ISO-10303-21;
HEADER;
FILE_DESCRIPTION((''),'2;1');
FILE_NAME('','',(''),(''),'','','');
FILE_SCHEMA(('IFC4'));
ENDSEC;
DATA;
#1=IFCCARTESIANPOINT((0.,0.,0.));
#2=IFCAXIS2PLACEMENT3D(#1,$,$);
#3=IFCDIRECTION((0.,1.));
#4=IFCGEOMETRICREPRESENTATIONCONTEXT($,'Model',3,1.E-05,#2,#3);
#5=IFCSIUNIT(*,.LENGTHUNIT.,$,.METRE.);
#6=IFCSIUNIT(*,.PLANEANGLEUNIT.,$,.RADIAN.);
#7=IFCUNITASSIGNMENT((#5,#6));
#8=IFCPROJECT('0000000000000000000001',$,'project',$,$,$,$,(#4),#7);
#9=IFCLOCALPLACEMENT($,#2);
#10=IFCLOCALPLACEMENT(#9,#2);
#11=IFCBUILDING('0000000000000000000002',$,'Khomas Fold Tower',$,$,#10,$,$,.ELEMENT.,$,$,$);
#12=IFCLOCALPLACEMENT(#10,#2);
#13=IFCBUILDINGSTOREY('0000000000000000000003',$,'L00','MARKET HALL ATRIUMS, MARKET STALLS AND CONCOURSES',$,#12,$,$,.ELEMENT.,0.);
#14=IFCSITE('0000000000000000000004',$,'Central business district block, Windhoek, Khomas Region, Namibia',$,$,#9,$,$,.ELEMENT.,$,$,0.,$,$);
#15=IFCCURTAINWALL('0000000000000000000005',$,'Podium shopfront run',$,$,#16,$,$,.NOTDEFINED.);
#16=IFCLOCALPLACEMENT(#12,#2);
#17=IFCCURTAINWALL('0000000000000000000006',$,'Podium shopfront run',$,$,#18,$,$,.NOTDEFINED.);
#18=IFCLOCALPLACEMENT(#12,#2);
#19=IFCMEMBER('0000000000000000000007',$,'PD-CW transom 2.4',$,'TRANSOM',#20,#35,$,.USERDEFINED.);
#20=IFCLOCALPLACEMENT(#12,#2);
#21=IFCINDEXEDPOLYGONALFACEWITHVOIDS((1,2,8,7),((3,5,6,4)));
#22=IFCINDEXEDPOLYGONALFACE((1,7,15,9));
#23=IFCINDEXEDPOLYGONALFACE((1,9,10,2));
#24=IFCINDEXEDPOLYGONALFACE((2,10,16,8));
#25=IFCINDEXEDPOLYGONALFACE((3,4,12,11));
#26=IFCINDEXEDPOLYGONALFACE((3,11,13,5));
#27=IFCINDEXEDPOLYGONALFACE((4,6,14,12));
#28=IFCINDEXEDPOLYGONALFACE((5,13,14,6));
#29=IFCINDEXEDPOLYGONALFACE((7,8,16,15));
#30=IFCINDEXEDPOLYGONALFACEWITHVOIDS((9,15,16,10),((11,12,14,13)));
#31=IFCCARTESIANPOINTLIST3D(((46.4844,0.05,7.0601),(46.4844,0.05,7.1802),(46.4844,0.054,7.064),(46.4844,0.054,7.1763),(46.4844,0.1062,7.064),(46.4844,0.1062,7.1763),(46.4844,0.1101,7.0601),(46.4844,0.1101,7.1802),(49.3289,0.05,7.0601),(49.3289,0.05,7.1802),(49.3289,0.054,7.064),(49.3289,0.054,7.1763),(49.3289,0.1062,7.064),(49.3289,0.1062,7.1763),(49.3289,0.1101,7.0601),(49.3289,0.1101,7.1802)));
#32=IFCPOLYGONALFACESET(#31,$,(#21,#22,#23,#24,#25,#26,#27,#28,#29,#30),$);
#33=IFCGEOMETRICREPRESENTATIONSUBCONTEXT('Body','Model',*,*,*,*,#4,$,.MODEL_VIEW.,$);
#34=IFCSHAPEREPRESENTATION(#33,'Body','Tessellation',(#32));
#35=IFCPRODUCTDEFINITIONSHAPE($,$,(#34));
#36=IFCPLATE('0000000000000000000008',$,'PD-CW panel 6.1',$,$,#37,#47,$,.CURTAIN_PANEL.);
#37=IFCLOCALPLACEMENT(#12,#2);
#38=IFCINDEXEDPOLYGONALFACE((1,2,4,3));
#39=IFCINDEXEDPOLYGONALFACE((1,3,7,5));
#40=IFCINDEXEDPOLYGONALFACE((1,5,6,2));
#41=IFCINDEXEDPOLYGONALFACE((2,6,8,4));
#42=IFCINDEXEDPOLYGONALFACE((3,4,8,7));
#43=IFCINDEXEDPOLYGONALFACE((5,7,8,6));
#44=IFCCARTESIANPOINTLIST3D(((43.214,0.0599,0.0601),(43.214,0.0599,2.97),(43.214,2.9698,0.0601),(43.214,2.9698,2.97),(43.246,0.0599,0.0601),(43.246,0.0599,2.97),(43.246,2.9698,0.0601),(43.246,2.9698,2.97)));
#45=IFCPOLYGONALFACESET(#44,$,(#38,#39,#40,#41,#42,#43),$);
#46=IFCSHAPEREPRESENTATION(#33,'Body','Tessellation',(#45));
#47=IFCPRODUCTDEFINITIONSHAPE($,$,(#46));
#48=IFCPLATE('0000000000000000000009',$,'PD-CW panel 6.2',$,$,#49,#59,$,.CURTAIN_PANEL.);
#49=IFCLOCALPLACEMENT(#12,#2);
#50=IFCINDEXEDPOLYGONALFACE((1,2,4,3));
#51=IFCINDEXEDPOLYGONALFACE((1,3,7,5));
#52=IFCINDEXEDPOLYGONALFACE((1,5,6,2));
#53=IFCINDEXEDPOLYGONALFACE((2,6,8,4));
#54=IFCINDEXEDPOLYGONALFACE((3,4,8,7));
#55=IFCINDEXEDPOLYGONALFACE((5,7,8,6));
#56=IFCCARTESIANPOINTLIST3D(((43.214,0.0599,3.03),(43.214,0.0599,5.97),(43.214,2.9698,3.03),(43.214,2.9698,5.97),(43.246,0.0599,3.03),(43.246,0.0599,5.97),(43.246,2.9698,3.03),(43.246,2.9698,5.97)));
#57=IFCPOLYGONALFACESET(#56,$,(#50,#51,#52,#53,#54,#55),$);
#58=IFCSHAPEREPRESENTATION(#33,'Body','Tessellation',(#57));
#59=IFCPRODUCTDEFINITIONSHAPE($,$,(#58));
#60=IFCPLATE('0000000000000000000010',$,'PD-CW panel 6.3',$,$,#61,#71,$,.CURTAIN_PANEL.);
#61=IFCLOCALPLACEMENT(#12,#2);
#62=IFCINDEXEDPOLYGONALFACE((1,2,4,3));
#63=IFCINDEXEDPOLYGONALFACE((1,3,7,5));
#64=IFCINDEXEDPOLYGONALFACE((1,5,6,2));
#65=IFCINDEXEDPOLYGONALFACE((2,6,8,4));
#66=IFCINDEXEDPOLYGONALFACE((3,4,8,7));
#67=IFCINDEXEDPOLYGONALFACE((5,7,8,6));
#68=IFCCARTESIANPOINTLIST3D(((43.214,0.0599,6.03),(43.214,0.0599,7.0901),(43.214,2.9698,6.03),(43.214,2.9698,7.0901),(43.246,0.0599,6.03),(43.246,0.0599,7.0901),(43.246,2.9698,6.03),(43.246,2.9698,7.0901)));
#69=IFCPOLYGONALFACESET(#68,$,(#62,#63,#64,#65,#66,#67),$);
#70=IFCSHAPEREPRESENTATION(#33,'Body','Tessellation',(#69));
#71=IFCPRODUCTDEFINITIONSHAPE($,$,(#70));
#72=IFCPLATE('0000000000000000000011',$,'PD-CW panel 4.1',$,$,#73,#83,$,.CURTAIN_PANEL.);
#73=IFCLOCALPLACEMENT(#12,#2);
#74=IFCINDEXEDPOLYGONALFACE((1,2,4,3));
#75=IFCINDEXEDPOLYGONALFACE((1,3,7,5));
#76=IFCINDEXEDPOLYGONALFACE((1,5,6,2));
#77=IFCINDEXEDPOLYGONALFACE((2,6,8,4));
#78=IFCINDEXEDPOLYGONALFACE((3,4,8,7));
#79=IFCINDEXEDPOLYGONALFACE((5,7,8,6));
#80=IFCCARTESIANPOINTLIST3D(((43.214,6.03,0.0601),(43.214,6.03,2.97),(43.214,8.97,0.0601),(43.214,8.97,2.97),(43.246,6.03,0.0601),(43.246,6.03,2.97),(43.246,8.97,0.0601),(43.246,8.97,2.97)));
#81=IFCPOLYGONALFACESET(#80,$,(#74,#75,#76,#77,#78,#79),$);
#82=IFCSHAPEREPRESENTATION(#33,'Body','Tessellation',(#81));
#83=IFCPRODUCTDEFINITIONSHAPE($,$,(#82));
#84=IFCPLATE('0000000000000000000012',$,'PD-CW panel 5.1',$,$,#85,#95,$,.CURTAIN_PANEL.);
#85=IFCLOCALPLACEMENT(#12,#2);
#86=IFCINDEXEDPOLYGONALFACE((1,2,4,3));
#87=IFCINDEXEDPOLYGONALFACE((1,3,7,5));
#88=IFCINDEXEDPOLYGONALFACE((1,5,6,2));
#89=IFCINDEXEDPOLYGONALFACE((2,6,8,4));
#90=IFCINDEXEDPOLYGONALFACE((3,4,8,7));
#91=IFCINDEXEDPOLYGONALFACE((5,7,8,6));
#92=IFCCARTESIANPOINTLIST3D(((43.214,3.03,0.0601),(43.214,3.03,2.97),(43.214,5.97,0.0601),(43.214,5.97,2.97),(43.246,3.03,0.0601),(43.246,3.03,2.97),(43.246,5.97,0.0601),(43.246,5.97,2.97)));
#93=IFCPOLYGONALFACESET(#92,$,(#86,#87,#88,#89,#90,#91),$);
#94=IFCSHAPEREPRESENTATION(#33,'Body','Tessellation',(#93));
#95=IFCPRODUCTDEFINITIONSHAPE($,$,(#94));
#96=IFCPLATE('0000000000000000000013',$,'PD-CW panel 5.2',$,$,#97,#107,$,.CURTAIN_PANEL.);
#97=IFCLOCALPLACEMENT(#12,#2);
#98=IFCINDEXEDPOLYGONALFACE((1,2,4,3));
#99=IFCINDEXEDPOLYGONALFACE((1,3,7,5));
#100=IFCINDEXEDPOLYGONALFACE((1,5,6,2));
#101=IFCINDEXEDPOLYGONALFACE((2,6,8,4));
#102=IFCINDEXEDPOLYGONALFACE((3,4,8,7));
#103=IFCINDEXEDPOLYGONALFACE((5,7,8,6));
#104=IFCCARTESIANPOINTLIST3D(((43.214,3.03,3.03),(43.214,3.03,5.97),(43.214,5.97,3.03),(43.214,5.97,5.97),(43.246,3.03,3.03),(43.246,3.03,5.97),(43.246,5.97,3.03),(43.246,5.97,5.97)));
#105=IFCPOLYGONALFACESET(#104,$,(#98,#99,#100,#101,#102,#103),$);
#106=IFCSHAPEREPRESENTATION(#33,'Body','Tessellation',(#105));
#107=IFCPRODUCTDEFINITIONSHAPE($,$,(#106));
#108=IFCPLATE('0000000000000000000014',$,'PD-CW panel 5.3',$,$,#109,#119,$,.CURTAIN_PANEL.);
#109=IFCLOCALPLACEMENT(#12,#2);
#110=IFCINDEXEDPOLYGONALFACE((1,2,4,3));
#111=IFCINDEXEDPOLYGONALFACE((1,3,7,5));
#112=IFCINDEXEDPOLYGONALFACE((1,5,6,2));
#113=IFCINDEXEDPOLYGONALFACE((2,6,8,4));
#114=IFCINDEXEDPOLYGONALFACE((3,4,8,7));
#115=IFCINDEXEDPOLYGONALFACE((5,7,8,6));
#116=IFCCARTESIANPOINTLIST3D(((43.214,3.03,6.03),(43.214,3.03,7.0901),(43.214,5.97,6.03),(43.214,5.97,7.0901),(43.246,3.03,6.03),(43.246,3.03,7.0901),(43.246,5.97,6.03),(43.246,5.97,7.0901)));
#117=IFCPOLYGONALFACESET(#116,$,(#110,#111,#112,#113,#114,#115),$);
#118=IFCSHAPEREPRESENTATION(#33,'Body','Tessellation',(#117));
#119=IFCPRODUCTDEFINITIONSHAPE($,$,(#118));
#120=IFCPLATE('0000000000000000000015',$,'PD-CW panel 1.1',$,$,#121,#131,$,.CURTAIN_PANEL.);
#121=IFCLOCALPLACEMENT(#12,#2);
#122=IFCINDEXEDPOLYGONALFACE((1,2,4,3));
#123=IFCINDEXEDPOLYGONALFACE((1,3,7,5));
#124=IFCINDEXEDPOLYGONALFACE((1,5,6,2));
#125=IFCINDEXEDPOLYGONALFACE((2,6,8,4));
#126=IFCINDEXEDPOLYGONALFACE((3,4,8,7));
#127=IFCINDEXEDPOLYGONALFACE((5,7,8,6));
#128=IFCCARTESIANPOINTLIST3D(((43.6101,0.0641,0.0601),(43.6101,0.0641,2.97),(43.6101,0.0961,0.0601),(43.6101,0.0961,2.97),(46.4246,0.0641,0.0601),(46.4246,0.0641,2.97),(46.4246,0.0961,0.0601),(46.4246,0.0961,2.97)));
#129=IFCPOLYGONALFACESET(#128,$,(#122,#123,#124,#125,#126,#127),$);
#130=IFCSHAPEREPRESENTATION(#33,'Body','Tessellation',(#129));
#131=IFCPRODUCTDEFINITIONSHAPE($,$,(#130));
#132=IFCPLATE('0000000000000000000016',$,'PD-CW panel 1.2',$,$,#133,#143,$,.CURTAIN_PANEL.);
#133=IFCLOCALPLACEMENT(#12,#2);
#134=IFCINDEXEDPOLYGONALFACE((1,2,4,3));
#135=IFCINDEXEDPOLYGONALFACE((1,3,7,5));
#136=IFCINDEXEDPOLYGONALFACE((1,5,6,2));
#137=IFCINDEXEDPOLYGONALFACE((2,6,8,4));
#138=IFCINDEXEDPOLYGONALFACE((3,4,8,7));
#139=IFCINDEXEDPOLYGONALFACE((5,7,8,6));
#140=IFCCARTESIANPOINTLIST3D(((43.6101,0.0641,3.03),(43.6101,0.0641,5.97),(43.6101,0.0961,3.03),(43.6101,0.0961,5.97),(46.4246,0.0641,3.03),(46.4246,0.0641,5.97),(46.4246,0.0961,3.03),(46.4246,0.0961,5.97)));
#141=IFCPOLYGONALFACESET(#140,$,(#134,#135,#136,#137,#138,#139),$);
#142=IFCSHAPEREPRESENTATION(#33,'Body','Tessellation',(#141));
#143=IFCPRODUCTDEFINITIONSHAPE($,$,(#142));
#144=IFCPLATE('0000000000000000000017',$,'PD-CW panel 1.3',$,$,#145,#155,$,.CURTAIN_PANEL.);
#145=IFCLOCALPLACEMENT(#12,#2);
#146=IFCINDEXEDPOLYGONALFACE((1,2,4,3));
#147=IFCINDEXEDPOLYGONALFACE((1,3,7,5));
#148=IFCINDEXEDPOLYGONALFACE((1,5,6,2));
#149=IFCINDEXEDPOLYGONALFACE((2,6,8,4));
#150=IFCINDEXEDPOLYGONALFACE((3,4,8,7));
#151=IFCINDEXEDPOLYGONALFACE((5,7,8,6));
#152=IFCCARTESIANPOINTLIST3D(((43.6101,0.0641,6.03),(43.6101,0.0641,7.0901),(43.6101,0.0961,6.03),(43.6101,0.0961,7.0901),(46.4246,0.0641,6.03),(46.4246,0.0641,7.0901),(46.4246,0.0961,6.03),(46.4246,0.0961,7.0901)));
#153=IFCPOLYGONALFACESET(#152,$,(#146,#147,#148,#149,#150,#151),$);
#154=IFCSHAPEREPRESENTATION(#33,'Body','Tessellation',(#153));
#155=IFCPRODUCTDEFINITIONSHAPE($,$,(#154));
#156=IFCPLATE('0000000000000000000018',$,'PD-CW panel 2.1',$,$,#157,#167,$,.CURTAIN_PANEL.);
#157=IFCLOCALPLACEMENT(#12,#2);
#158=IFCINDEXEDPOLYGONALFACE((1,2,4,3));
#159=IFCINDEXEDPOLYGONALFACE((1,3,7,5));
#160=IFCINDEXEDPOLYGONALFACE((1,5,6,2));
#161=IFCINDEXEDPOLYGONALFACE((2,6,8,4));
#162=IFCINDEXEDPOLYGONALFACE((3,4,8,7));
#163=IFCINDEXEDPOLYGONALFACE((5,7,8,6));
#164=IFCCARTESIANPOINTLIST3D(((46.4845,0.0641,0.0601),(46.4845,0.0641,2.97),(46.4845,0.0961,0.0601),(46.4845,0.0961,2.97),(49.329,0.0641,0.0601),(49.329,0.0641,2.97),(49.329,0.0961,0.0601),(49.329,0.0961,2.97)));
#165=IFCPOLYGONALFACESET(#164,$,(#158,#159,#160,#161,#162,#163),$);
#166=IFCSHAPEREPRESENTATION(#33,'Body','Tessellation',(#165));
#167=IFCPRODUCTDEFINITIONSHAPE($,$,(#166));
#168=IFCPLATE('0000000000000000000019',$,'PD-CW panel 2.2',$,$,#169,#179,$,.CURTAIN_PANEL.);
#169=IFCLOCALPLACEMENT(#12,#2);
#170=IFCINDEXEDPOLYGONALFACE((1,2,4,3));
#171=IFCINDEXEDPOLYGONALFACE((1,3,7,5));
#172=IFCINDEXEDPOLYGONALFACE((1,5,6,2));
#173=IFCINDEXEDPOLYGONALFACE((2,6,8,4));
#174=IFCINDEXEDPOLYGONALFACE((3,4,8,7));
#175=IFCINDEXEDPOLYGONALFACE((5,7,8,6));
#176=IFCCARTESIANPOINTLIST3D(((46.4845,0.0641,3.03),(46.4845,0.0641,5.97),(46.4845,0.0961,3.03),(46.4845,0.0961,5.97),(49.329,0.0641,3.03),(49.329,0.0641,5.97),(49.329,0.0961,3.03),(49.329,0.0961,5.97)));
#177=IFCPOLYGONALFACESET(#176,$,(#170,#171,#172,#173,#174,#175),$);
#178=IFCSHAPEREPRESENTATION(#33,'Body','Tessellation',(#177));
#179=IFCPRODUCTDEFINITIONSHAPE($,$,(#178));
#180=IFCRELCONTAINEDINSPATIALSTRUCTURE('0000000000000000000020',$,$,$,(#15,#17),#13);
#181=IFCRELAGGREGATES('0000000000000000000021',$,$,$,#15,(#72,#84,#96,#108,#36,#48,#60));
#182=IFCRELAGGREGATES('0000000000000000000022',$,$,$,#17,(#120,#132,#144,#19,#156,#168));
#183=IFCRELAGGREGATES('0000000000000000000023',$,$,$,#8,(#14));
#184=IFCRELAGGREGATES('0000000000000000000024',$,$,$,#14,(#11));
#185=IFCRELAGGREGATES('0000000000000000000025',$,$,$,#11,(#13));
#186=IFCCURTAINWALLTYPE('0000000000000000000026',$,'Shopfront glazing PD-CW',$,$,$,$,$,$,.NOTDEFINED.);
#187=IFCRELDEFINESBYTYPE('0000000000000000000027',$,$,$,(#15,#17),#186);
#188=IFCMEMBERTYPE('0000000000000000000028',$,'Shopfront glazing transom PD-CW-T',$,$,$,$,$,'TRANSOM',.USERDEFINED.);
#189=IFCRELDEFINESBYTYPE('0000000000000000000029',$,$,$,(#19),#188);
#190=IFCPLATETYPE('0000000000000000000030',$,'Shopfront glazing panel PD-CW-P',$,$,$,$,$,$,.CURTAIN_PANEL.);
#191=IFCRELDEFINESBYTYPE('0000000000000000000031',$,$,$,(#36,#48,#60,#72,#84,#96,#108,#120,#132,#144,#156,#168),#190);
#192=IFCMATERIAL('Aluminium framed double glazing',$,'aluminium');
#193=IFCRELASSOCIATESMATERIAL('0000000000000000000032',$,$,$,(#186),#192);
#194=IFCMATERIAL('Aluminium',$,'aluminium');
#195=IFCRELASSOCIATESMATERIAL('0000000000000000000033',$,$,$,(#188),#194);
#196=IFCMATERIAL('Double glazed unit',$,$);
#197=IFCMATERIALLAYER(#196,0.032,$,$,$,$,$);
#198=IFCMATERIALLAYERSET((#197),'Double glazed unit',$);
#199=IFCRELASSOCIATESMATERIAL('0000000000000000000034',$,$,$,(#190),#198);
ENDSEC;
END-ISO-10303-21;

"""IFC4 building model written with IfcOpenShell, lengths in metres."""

from ifc_helpers import new_model, si_unit, direction, frame, origin, origin_2d, place, context, subcontext, project, spatial, rectangle, hollow_rectangle, extrude, source, transform, mapped, material, layer, layer_set, material_profile, profile_set, type_object, element, aggregate, save


model = new_model("IFC4")

# Units and contexts
model_context = context("Model", 3, precision=1e-05, world=origin(), true_north=direction((0.0, 1.0)))
body_context = subcontext(model_context, "Body", "Model", "MODEL_VIEW")
ifc_project = project(units=[si_unit("LENGTHUNIT", "METRE"), si_unit("PLANEANGLEUNIT", "RADIAN")], contexts=[model_context])

# Site, building, storey
site_placement = place(None, origin())
site = spatial("IfcSite", under=ifc_project, at=site_placement, Name="Central business district block, Windhoek, Khomas Region, Namibia", CompositionType="ELEMENT", RefElevation=0.0)
building_placement = place(site_placement, origin())
building = spatial("IfcBuilding", under=site, at=building_placement, Name="Khomas Fold Tower", CompositionType="ELEMENT")
storey_placement = place(building_placement, origin())
storey = spatial("IfcBuildingStorey", under=building, at=storey_placement, Name="L00", Description="MARKET HALL ATRIUMS, MARKET STALLS AND CONCOURSES", CompositionType="ELEMENT", Elevation=0.0)

# Shared definitions
ifc_material_1 = material(Name="Aluminium framed double glazing", Category="aluminium")
curtain_wall_type = type_object("IfcCurtainWallType", Name="Shopfront glazing PD-CW", PredefinedType="NOTDEFINED", material=ifc_material_1)

# Curtain walls
curtain_wall_1_placement = place(storey_placement, origin())
curtain_wall_1 = element("IfcCurtainWall", 1, at=curtain_wall_1_placement, inside=storey, type_object=curtain_wall_type, Name="Podium shopfront run", PredefinedType="NOTDEFINED")
curtain_wall_2_placement = place(storey_placement, origin())
curtain_wall_2 = element("IfcCurtainWall", 2, at=curtain_wall_2_placement, inside=storey, type_object=curtain_wall_type, Name="Podium shopfront run", PredefinedType="NOTDEFINED")

# Member
ifc_material_2 = material(Name="Aluminium", Category="aluminium")
ifc_material_profile_1 = material_profile(ifc_material_2, hollow_rectangle(XDim=0.0601, YDim=0.1201, WallThickness=0.0039, at=origin_2d()), Name="Shopfront glazing transom PD-CW-T")
ifc_profile_set_1 = profile_set([ifc_material_profile_1], Name="Aluminium")
member_type_1 = type_object("IfcMemberType", Name="Shopfront glazing transom PD-CW-T", ElementType="TRANSOM", PredefinedType="USERDEFINED", material=ifc_profile_set_1)
shared_shape_1 = source(origin(), body_context, "Body", "SweptSolid", [
    extrude(hollow_rectangle(XDim=0.0601, YDim=0.1201, WallThickness=0.0039, at=origin_2d()), origin(), (0.0, 0.0, 1.0), 2.8445),
])
member_1_placement = place(storey_placement, frame((46.4844, 0.0801, 7.1201), z_axis=(1.0, 0.0, 0.0), x_axis=(0.0, 1.0, 0.0)))
member_1 = element("IfcMember", 3, at=member_1_placement, type_object=member_type_1, Name="PD-CW transom 2.4", ObjectType="TRANSOM", PredefinedType="USERDEFINED", context=body_context, shape_type="MappedRepresentation", body=[
    mapped(shared_shape_1, transform((0.0, 0.0, 0.0))),
])

# Plates
ifc_material_3 = material(Name="Double glazed unit")
ifc_layer = layer(ifc_material_3, 0.032)
ifc_layer_set = layer_set([ifc_layer], Name="Double glazed unit")
plate_type = type_object("IfcPlateType", Name="Shopfront glazing panel PD-CW-P", PredefinedType="CURTAIN_PANEL", material=ifc_layer_set)
shared_shape_2 = source(origin(), body_context, "Body", "SweptSolid", [
    extrude(rectangle(XDim=2.9099, YDim=0.032, at=origin_2d()), origin(), (0.0, 0.0, 1.0), 2.9099),
])
plate_1_placement = place(storey_placement, frame((43.23, 1.5149, 0.0601), z_axis=(0.0, 0.0, 1.0), x_axis=(0.0, -1.0, 0.0)))
plate_1 = element("IfcPlate", 4, at=plate_1_placement, type_object=plate_type, Name="PD-CW panel 6.1", PredefinedType="CURTAIN_PANEL", context=body_context, shape_type="MappedRepresentation", body=[
    mapped(shared_shape_2, transform((0.0, 0.0, 0.0))),
])
shared_shape_3 = source(origin(), body_context, "Body", "SweptSolid", [
    extrude(rectangle(XDim=2.9099, YDim=0.032, at=origin_2d()), origin(), (0.0, 0.0, 1.0), 2.9399),
])
plate_2_placement = place(storey_placement, frame((43.23, 1.5149, 3.03), z_axis=(0.0, 0.0, 1.0), x_axis=(0.0, -1.0, 0.0)))
plate_2 = element("IfcPlate", 5, at=plate_2_placement, type_object=plate_type, Name="PD-CW panel 6.2", PredefinedType="CURTAIN_PANEL", context=body_context, shape_type="MappedRepresentation", body=[
    mapped(shared_shape_3, transform((0.0, 0.0, 0.0))),
])
shared_shape_4 = source(origin(), body_context, "Body", "SweptSolid", [
    extrude(rectangle(XDim=2.9099, YDim=0.032, at=origin_2d()), origin(), (0.0, 0.0, 1.0), 1.0601),
])
plate_3_placement = place(storey_placement, frame((43.23, 1.5149, 6.03), z_axis=(0.0, 0.0, 1.0), x_axis=(0.0, -1.0, 0.0)))
plate_3 = element("IfcPlate", 6, at=plate_3_placement, type_object=plate_type, Name="PD-CW panel 6.3", PredefinedType="CURTAIN_PANEL", context=body_context, shape_type="MappedRepresentation", body=[
    mapped(shared_shape_4, transform((0.0, 0.0, 0.0))),
])
shared_shape_5 = source(origin(), body_context, "Body", "SweptSolid", [
    extrude(rectangle(XDim=2.9399, YDim=0.032, at=origin_2d()), origin(), (0.0, 0.0, 1.0), 2.9099),
])
plate_4_placement = place(storey_placement, frame((43.23, 7.5, 0.0601), z_axis=(0.0, 0.0, 1.0), x_axis=(0.0, -1.0, 0.0)))
plate_4 = element("IfcPlate", 7, at=plate_4_placement, type_object=plate_type, Name="PD-CW panel 4.1", PredefinedType="CURTAIN_PANEL", context=body_context, shape_type="MappedRepresentation", body=[
    mapped(shared_shape_5, transform((0.0, 0.0, 0.0))),
])
plate_5_placement = place(storey_placement, frame((43.23, 4.5, 0.0601), z_axis=(0.0, 0.0, 1.0), x_axis=(0.0, -1.0, 0.0)))
plate_5 = element("IfcPlate", 8, at=plate_5_placement, type_object=plate_type, Name="PD-CW panel 5.1", PredefinedType="CURTAIN_PANEL", context=body_context, shape_type="MappedRepresentation", body=[
    mapped(shared_shape_5, transform((0.0, 0.0, 0.0))),
])
shared_shape_6 = source(origin(), body_context, "Body", "SweptSolid", [
    extrude(rectangle(XDim=2.9399, YDim=0.032, at=origin_2d()), origin(), (0.0, 0.0, 1.0), 2.9399),
])
plate_6_placement = place(storey_placement, frame((43.23, 4.5, 3.03), z_axis=(0.0, 0.0, 1.0), x_axis=(0.0, -1.0, 0.0)))
plate_6 = element("IfcPlate", 9, at=plate_6_placement, type_object=plate_type, Name="PD-CW panel 5.2", PredefinedType="CURTAIN_PANEL", context=body_context, shape_type="MappedRepresentation", body=[
    mapped(shared_shape_6, transform((0.0, 0.0, 0.0))),
])
shared_shape_7 = source(origin(), body_context, "Body", "SweptSolid", [
    extrude(rectangle(XDim=2.9399, YDim=0.032, at=origin_2d()), origin(), (0.0, 0.0, 1.0), 1.0601),
])
plate_7_placement = place(storey_placement, frame((43.23, 4.5, 6.03), z_axis=(0.0, 0.0, 1.0), x_axis=(0.0, -1.0, 0.0)))
plate_7 = element("IfcPlate", 10, at=plate_7_placement, type_object=plate_type, Name="PD-CW panel 5.3", PredefinedType="CURTAIN_PANEL", context=body_context, shape_type="MappedRepresentation", body=[
    mapped(shared_shape_7, transform((0.0, 0.0, 0.0))),
])
aggregate(curtain_wall_1, [plate_4, plate_5, plate_6, plate_7, plate_1, plate_2, plate_3])
shared_shape_8 = source(origin(), body_context, "Body", "SweptSolid", [
    extrude(rectangle(XDim=2.8145, YDim=0.032, at=origin_2d()), origin(), (0.0, 0.0, 1.0), 2.9099),
])
plate_8_placement = place(storey_placement, frame((45.0173, 0.0801, 0.0601), z_axis=(0.0, 0.0, 1.0), x_axis=(1.0, 0.0, 0.0)))
plate_8 = element("IfcPlate", 11, at=plate_8_placement, type_object=plate_type, Name="PD-CW panel 1.1", PredefinedType="CURTAIN_PANEL", context=body_context, shape_type="MappedRepresentation", body=[
    mapped(shared_shape_8, transform((0.0, 0.0, 0.0))),
])
shared_shape_9 = source(origin(), body_context, "Body", "SweptSolid", [
    extrude(rectangle(XDim=2.8145, YDim=0.032, at=origin_2d()), origin(), (0.0, 0.0, 1.0), 2.9399),
])
plate_9_placement = place(storey_placement, frame((45.0173, 0.0801, 3.03), z_axis=(0.0, 0.0, 1.0), x_axis=(1.0, 0.0, 0.0)))
plate_9 = element("IfcPlate", 12, at=plate_9_placement, type_object=plate_type, Name="PD-CW panel 1.2", PredefinedType="CURTAIN_PANEL", context=body_context, shape_type="MappedRepresentation", body=[
    mapped(shared_shape_9, transform((0.0, 0.0, 0.0))),
])
shared_shape_10 = source(origin(), body_context, "Body", "SweptSolid", [
    extrude(rectangle(XDim=2.8145, YDim=0.032, at=origin_2d()), origin(), (0.0, 0.0, 1.0), 1.0601),
])
plate_10_placement = place(storey_placement, frame((45.0173, 0.0801, 6.03), z_axis=(0.0, 0.0, 1.0), x_axis=(1.0, 0.0, 0.0)))
plate_10 = element("IfcPlate", 13, at=plate_10_placement, type_object=plate_type, Name="PD-CW panel 1.3", PredefinedType="CURTAIN_PANEL", context=body_context, shape_type="MappedRepresentation", body=[
    mapped(shared_shape_10, transform((0.0, 0.0, 0.0))),
])
shared_shape_11 = source(origin(), body_context, "Body", "SweptSolid", [
    extrude(rectangle(XDim=2.8445, YDim=0.032, at=origin_2d()), origin(), (0.0, 0.0, 1.0), 2.9099),
])
plate_11_placement = place(storey_placement, frame((47.9067, 0.0801, 0.0601), z_axis=(0.0, 0.0, 1.0), x_axis=(1.0, 0.0, 0.0)))
plate_11 = element("IfcPlate", 14, at=plate_11_placement, type_object=plate_type, Name="PD-CW panel 2.1", PredefinedType="CURTAIN_PANEL", context=body_context, shape_type="MappedRepresentation", body=[
    mapped(shared_shape_11, transform((0.0, 0.0, 0.0))),
])
shared_shape_12 = source(origin(), body_context, "Body", "SweptSolid", [
    extrude(rectangle(XDim=2.8445, YDim=0.032, at=origin_2d()), origin(), (0.0, 0.0, 1.0), 2.9399),
])
plate_12_placement = place(storey_placement, frame((47.9067, 0.0801, 3.03), z_axis=(0.0, 0.0, 1.0), x_axis=(1.0, 0.0, 0.0)))
plate_12 = element("IfcPlate", 15, at=plate_12_placement, type_object=plate_type, Name="PD-CW panel 2.2", PredefinedType="CURTAIN_PANEL", context=body_context, shape_type="MappedRepresentation", body=[
    mapped(shared_shape_12, transform((0.0, 0.0, 0.0))),
])
aggregate(curtain_wall_2, [plate_8, plate_9, plate_10, member_1, plate_11, plate_12])

save(model, "model.ifc")
